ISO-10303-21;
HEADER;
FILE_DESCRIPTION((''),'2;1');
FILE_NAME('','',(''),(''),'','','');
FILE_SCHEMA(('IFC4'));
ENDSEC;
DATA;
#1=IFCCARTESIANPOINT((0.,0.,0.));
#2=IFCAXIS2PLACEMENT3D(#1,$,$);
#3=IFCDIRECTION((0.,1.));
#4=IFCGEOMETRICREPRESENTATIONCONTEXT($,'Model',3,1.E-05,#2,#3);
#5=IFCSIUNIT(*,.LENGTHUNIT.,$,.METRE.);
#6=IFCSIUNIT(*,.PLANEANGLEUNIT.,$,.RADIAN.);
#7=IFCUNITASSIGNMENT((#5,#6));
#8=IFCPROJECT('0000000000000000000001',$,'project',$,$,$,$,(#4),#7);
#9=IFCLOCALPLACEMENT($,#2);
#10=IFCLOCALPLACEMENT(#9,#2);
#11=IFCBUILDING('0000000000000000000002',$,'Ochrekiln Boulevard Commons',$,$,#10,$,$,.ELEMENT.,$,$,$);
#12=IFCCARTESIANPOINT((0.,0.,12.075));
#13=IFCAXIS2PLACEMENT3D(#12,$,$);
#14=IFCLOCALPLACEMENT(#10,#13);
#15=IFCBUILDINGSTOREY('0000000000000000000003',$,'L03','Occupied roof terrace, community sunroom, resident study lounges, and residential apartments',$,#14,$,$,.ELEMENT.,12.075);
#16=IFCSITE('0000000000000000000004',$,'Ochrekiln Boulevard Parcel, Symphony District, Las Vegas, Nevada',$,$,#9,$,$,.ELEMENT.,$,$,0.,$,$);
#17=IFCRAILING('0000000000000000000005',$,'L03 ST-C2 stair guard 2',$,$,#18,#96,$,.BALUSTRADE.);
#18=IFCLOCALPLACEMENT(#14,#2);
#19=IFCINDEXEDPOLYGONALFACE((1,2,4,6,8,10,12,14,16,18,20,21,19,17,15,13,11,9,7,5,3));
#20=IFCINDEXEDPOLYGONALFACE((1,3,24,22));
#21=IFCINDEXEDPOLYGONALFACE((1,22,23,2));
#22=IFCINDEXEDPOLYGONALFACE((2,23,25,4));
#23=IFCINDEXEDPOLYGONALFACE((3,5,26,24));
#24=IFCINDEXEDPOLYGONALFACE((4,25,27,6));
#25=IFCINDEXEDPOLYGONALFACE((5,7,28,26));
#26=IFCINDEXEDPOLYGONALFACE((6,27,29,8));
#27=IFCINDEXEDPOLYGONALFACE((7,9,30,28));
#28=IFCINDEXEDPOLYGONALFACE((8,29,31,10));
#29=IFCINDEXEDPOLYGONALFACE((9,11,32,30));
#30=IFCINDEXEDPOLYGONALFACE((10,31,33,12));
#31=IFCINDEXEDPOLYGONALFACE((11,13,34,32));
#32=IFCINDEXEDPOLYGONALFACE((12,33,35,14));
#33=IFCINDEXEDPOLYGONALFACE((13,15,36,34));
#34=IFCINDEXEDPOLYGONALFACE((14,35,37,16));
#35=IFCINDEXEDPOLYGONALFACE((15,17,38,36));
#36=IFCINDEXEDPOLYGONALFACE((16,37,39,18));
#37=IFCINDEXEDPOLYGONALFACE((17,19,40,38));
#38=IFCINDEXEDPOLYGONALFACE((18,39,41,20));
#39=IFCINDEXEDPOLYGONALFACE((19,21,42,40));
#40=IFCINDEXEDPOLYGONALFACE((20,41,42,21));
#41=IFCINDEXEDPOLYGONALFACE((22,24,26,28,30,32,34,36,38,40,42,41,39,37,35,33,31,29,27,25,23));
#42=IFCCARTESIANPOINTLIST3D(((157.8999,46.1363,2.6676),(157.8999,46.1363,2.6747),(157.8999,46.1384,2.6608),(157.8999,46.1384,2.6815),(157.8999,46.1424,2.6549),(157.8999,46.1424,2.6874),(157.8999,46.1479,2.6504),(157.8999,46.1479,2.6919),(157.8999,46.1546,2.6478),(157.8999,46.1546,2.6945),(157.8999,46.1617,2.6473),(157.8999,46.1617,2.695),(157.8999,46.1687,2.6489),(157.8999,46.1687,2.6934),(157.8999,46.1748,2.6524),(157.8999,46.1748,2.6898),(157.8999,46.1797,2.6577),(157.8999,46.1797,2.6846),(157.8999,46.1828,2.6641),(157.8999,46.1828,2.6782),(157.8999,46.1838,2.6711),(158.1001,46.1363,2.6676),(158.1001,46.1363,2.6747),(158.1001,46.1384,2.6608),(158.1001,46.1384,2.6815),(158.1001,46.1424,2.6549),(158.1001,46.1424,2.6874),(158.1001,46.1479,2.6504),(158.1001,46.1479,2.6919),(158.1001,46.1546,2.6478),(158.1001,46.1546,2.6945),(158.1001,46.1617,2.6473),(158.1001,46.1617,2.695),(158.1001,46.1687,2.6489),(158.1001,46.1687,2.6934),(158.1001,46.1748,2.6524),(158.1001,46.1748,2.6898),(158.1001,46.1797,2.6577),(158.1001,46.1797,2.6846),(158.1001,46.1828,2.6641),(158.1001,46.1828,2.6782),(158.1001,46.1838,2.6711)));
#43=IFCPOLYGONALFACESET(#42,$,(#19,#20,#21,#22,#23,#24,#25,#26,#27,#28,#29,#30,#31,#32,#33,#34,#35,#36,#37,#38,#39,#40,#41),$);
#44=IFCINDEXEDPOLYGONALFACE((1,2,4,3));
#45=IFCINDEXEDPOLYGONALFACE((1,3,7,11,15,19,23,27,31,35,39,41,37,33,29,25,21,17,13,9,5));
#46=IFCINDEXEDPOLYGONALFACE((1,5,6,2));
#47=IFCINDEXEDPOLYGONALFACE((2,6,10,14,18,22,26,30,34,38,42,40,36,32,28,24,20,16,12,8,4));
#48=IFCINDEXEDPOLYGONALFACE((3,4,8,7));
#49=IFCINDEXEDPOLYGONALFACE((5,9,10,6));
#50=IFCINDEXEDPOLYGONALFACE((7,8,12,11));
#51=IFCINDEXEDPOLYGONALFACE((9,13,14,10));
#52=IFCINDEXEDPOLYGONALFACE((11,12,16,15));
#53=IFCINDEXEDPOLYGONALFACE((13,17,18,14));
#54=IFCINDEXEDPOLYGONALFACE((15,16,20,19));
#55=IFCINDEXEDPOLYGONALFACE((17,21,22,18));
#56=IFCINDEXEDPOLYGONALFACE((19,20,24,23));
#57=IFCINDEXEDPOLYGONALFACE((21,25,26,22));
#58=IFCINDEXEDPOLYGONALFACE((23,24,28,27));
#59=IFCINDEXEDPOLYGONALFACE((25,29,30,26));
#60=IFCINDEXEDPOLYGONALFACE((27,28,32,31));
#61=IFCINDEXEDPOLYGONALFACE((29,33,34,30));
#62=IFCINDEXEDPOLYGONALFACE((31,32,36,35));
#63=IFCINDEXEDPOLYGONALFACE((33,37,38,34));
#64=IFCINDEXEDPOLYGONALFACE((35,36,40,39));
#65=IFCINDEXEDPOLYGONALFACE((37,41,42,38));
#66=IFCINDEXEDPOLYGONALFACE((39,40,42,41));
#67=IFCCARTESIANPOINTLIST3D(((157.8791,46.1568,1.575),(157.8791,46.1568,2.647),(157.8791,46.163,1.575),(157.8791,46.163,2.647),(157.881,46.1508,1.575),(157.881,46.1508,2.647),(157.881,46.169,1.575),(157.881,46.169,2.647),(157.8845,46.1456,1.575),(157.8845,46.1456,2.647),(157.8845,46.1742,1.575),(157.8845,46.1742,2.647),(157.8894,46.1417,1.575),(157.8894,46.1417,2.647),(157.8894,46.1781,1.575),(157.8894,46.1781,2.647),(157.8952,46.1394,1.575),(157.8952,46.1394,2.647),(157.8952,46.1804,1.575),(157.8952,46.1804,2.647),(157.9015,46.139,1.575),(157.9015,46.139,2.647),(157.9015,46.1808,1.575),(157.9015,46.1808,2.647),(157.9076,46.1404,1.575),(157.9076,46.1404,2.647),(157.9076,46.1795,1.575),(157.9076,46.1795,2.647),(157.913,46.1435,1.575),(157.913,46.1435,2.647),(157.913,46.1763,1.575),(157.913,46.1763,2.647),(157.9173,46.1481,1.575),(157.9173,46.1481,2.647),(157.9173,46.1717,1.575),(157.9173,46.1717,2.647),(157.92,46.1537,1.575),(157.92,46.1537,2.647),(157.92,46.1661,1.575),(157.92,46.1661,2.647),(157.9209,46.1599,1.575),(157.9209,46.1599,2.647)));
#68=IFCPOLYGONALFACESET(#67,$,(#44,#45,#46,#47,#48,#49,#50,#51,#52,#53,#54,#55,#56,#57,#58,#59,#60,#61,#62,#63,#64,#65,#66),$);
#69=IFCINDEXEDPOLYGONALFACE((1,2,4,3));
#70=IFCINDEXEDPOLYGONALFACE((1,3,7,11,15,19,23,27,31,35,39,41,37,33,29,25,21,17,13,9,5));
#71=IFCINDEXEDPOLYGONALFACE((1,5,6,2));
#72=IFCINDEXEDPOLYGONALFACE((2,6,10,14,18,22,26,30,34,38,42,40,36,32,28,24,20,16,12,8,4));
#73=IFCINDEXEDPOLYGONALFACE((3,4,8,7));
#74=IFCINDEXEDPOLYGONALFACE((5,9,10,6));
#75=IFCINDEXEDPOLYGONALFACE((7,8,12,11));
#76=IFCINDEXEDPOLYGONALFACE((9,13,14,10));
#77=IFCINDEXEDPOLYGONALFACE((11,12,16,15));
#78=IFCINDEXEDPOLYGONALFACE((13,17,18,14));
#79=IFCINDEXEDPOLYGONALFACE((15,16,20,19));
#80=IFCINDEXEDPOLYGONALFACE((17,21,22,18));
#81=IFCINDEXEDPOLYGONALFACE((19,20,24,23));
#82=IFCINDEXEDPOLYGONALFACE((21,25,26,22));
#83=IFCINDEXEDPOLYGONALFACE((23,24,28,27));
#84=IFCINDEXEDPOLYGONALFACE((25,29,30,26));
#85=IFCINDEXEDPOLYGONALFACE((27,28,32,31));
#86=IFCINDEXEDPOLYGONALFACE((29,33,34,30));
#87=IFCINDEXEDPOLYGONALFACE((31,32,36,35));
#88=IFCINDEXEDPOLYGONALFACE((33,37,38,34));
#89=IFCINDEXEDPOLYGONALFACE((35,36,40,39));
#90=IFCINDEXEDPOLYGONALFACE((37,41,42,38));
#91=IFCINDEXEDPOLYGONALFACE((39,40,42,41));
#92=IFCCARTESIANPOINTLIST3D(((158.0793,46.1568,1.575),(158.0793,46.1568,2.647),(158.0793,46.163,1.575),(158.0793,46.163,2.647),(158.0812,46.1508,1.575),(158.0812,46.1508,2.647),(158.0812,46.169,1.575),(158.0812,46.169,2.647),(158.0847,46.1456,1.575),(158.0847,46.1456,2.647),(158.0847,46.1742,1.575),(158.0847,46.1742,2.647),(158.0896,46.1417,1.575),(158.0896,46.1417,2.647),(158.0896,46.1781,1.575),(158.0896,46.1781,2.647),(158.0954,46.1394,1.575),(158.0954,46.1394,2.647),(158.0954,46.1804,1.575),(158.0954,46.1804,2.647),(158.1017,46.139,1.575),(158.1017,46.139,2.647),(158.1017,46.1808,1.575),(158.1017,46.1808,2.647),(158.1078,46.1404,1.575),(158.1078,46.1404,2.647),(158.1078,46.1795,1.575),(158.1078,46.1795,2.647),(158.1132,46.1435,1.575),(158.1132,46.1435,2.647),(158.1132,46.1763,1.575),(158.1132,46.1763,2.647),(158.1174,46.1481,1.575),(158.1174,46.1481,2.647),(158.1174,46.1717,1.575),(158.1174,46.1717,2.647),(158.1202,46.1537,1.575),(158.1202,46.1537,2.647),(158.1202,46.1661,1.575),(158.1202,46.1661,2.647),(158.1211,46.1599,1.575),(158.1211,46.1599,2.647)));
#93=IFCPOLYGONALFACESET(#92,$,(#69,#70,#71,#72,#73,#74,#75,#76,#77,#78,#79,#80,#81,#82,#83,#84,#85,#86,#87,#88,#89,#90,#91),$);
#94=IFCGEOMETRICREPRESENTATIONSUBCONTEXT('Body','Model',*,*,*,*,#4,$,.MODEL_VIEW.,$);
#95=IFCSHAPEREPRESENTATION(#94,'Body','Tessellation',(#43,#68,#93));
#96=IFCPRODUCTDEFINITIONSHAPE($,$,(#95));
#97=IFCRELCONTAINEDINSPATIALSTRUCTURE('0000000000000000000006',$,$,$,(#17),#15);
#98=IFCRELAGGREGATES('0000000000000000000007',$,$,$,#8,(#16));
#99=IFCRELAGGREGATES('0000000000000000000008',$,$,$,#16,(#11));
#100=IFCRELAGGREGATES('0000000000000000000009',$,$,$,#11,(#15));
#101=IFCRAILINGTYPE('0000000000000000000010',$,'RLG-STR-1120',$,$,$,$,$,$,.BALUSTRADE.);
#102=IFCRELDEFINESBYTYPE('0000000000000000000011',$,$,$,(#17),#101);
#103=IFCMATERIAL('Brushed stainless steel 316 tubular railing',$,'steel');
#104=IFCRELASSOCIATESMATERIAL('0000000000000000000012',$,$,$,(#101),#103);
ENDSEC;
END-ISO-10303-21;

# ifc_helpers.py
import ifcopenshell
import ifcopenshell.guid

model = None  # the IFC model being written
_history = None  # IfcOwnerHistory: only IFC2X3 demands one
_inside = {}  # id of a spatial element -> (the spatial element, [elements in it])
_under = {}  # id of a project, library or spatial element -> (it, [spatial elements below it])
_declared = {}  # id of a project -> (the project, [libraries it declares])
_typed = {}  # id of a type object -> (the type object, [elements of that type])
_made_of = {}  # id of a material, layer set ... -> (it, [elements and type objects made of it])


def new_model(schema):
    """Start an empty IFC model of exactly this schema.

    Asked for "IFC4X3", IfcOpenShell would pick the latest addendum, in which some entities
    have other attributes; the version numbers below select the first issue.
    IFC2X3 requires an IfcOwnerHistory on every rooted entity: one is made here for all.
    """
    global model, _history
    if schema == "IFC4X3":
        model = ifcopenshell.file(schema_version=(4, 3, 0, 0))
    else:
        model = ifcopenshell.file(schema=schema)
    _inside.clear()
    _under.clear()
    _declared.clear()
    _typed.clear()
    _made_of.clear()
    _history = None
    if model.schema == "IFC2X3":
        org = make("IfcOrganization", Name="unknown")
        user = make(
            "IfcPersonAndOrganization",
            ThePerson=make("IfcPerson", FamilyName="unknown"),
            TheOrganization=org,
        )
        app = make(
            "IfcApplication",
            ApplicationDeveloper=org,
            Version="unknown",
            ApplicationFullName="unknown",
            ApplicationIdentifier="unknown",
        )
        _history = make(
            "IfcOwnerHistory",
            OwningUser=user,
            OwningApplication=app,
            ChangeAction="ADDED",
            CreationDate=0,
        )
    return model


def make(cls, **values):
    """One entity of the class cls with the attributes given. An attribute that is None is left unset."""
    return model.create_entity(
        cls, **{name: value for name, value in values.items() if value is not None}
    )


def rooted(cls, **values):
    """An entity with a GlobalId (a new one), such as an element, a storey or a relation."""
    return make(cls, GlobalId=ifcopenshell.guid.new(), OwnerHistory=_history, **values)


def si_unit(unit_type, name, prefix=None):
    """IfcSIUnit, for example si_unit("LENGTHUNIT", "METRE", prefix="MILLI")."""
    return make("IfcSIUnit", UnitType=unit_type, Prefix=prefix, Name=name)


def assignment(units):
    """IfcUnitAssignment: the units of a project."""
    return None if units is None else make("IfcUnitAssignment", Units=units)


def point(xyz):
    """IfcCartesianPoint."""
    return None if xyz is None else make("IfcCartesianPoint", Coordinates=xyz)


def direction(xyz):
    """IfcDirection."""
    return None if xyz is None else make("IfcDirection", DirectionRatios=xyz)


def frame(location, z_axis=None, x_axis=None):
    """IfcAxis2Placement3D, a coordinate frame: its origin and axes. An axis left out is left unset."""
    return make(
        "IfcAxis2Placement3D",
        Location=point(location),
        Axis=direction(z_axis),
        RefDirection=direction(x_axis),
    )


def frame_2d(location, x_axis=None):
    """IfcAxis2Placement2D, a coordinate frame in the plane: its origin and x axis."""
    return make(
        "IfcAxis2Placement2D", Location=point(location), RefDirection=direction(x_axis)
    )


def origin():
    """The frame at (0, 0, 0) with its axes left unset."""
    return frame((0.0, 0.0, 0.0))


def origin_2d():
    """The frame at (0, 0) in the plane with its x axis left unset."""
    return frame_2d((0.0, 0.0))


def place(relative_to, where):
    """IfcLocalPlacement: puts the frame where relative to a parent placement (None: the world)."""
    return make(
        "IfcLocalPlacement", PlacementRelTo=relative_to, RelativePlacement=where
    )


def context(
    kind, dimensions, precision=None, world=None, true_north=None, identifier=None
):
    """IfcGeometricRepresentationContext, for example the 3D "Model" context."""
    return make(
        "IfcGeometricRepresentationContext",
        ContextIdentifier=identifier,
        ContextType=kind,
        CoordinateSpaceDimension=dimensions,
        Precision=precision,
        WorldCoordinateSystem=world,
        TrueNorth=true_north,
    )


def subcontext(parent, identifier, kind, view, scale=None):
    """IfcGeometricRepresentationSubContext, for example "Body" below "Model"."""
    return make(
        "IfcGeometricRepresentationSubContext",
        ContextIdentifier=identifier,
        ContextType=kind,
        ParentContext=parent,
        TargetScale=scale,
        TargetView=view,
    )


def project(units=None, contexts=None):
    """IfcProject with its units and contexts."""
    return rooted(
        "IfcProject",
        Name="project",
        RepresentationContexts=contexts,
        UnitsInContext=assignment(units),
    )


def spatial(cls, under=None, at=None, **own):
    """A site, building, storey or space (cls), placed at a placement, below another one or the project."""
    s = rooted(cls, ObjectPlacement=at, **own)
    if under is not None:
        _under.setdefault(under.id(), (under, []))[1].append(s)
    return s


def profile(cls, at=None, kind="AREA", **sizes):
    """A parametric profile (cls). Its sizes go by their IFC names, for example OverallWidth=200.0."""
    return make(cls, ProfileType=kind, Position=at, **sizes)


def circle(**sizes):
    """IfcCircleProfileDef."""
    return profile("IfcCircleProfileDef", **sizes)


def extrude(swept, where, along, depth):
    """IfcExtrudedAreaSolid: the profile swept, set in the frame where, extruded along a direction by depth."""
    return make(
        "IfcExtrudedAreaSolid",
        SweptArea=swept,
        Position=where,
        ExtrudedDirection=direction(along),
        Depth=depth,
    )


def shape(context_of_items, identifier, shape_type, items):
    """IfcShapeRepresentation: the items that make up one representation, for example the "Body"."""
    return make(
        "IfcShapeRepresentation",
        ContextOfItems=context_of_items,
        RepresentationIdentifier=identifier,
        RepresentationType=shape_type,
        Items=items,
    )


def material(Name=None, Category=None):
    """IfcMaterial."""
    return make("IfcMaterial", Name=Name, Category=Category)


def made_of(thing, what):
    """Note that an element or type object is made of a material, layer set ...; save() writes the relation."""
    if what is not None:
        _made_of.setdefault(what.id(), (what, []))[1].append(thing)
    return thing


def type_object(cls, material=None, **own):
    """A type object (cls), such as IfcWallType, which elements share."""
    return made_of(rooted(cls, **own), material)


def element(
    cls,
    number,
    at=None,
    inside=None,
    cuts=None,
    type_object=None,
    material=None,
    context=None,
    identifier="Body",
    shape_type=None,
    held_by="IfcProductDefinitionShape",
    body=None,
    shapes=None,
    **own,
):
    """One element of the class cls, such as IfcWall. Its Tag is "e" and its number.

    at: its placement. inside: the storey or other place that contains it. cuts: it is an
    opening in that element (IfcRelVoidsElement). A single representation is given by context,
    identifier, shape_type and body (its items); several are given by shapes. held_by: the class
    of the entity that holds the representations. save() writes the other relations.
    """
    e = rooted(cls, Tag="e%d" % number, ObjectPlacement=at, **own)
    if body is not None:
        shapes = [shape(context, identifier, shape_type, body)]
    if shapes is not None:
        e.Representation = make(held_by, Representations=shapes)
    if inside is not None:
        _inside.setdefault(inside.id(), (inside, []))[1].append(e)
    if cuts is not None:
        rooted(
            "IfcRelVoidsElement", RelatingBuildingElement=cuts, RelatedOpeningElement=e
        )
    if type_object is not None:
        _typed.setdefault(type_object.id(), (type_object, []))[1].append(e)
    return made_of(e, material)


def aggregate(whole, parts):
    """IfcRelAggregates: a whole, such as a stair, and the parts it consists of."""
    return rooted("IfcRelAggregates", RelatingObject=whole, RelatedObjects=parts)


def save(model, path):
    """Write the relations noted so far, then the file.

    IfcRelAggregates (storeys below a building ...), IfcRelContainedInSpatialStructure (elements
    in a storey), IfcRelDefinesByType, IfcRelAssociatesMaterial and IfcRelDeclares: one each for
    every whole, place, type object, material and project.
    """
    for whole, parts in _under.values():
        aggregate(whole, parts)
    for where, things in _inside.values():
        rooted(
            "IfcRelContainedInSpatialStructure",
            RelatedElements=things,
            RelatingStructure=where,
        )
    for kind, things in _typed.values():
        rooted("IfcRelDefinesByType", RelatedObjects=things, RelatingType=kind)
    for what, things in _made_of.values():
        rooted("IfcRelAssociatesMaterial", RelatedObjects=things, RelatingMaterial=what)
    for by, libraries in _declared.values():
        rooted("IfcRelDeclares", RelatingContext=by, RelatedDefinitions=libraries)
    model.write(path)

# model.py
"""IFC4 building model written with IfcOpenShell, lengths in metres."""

from ifc_helpers import new_model, si_unit, direction, frame, origin, origin_2d, place, context, subcontext, project, spatial, circle, extrude, material, type_object, element, save


model = new_model("IFC4")

# Units and contexts
model_context = context("Model", 3, precision=1e-05, world=origin(), true_north=direction((0.0, 1.0)))
body_context = subcontext(model_context, "Body", "Model", "MODEL_VIEW")
ifc_project = project(units=[si_unit("LENGTHUNIT", "METRE"), si_unit("PLANEANGLEUNIT", "RADIAN")], contexts=[model_context])

# Site, building, storey
site_placement = place(None, origin())
site = spatial("IfcSite", under=ifc_project, at=site_placement, Name="Ochrekiln Boulevard Parcel, Symphony District, Las Vegas, Nevada", CompositionType="ELEMENT", RefElevation=0.0)
building_placement = place(site_placement, origin())
building = spatial("IfcBuilding", under=site, at=building_placement, Name="Ochrekiln Boulevard Commons", CompositionType="ELEMENT")
storey_placement = place(building_placement, frame((0.0, 0.0, 12.075)))
storey = spatial("IfcBuildingStorey", under=building, at=storey_placement, Name="L03", Description="Occupied roof terrace, community sunroom, resident study lounges, and residential apartments", CompositionType="ELEMENT", Elevation=12.075)

# Railing
ifc_material_1 = material(Name="Brushed stainless steel 316 tubular railing", Category="steel")
railing_type_1 = type_object("IfcRailingType", Name="RLG-STR-1120", PredefinedType="BALUSTRADE", material=ifc_material_1)
railing_1_placement = place(storey_placement, frame((157.8999, 46.1599, 1.575)))
element("IfcRailing", 1, at=railing_1_placement, inside=storey, type_object=railing_type_1, Name="L03 ST-C2 stair guard 2", PredefinedType="BALUSTRADE", context=body_context, shape_type="SweptSolid", body=[
    extrude(circle(Radius=0.0239, at=origin_2d()), frame((0.0, 0.0, 1.0962), z_axis=(1.0, 0.0, 0.0), x_axis=(0.0, 1.0, 0.0)), (0.0, 0.0, 1.0), 0.2002),
    extrude(circle(Radius=0.021, at=origin_2d()), origin(), (0.0, 0.0, 1.0), 1.072),
    extrude(circle(Radius=0.021, at=origin_2d()), frame((0.2002, 0.0, 0.0)), (0.0, 0.0, 1.0), 1.072),
])

save(model, "model.ifc")
